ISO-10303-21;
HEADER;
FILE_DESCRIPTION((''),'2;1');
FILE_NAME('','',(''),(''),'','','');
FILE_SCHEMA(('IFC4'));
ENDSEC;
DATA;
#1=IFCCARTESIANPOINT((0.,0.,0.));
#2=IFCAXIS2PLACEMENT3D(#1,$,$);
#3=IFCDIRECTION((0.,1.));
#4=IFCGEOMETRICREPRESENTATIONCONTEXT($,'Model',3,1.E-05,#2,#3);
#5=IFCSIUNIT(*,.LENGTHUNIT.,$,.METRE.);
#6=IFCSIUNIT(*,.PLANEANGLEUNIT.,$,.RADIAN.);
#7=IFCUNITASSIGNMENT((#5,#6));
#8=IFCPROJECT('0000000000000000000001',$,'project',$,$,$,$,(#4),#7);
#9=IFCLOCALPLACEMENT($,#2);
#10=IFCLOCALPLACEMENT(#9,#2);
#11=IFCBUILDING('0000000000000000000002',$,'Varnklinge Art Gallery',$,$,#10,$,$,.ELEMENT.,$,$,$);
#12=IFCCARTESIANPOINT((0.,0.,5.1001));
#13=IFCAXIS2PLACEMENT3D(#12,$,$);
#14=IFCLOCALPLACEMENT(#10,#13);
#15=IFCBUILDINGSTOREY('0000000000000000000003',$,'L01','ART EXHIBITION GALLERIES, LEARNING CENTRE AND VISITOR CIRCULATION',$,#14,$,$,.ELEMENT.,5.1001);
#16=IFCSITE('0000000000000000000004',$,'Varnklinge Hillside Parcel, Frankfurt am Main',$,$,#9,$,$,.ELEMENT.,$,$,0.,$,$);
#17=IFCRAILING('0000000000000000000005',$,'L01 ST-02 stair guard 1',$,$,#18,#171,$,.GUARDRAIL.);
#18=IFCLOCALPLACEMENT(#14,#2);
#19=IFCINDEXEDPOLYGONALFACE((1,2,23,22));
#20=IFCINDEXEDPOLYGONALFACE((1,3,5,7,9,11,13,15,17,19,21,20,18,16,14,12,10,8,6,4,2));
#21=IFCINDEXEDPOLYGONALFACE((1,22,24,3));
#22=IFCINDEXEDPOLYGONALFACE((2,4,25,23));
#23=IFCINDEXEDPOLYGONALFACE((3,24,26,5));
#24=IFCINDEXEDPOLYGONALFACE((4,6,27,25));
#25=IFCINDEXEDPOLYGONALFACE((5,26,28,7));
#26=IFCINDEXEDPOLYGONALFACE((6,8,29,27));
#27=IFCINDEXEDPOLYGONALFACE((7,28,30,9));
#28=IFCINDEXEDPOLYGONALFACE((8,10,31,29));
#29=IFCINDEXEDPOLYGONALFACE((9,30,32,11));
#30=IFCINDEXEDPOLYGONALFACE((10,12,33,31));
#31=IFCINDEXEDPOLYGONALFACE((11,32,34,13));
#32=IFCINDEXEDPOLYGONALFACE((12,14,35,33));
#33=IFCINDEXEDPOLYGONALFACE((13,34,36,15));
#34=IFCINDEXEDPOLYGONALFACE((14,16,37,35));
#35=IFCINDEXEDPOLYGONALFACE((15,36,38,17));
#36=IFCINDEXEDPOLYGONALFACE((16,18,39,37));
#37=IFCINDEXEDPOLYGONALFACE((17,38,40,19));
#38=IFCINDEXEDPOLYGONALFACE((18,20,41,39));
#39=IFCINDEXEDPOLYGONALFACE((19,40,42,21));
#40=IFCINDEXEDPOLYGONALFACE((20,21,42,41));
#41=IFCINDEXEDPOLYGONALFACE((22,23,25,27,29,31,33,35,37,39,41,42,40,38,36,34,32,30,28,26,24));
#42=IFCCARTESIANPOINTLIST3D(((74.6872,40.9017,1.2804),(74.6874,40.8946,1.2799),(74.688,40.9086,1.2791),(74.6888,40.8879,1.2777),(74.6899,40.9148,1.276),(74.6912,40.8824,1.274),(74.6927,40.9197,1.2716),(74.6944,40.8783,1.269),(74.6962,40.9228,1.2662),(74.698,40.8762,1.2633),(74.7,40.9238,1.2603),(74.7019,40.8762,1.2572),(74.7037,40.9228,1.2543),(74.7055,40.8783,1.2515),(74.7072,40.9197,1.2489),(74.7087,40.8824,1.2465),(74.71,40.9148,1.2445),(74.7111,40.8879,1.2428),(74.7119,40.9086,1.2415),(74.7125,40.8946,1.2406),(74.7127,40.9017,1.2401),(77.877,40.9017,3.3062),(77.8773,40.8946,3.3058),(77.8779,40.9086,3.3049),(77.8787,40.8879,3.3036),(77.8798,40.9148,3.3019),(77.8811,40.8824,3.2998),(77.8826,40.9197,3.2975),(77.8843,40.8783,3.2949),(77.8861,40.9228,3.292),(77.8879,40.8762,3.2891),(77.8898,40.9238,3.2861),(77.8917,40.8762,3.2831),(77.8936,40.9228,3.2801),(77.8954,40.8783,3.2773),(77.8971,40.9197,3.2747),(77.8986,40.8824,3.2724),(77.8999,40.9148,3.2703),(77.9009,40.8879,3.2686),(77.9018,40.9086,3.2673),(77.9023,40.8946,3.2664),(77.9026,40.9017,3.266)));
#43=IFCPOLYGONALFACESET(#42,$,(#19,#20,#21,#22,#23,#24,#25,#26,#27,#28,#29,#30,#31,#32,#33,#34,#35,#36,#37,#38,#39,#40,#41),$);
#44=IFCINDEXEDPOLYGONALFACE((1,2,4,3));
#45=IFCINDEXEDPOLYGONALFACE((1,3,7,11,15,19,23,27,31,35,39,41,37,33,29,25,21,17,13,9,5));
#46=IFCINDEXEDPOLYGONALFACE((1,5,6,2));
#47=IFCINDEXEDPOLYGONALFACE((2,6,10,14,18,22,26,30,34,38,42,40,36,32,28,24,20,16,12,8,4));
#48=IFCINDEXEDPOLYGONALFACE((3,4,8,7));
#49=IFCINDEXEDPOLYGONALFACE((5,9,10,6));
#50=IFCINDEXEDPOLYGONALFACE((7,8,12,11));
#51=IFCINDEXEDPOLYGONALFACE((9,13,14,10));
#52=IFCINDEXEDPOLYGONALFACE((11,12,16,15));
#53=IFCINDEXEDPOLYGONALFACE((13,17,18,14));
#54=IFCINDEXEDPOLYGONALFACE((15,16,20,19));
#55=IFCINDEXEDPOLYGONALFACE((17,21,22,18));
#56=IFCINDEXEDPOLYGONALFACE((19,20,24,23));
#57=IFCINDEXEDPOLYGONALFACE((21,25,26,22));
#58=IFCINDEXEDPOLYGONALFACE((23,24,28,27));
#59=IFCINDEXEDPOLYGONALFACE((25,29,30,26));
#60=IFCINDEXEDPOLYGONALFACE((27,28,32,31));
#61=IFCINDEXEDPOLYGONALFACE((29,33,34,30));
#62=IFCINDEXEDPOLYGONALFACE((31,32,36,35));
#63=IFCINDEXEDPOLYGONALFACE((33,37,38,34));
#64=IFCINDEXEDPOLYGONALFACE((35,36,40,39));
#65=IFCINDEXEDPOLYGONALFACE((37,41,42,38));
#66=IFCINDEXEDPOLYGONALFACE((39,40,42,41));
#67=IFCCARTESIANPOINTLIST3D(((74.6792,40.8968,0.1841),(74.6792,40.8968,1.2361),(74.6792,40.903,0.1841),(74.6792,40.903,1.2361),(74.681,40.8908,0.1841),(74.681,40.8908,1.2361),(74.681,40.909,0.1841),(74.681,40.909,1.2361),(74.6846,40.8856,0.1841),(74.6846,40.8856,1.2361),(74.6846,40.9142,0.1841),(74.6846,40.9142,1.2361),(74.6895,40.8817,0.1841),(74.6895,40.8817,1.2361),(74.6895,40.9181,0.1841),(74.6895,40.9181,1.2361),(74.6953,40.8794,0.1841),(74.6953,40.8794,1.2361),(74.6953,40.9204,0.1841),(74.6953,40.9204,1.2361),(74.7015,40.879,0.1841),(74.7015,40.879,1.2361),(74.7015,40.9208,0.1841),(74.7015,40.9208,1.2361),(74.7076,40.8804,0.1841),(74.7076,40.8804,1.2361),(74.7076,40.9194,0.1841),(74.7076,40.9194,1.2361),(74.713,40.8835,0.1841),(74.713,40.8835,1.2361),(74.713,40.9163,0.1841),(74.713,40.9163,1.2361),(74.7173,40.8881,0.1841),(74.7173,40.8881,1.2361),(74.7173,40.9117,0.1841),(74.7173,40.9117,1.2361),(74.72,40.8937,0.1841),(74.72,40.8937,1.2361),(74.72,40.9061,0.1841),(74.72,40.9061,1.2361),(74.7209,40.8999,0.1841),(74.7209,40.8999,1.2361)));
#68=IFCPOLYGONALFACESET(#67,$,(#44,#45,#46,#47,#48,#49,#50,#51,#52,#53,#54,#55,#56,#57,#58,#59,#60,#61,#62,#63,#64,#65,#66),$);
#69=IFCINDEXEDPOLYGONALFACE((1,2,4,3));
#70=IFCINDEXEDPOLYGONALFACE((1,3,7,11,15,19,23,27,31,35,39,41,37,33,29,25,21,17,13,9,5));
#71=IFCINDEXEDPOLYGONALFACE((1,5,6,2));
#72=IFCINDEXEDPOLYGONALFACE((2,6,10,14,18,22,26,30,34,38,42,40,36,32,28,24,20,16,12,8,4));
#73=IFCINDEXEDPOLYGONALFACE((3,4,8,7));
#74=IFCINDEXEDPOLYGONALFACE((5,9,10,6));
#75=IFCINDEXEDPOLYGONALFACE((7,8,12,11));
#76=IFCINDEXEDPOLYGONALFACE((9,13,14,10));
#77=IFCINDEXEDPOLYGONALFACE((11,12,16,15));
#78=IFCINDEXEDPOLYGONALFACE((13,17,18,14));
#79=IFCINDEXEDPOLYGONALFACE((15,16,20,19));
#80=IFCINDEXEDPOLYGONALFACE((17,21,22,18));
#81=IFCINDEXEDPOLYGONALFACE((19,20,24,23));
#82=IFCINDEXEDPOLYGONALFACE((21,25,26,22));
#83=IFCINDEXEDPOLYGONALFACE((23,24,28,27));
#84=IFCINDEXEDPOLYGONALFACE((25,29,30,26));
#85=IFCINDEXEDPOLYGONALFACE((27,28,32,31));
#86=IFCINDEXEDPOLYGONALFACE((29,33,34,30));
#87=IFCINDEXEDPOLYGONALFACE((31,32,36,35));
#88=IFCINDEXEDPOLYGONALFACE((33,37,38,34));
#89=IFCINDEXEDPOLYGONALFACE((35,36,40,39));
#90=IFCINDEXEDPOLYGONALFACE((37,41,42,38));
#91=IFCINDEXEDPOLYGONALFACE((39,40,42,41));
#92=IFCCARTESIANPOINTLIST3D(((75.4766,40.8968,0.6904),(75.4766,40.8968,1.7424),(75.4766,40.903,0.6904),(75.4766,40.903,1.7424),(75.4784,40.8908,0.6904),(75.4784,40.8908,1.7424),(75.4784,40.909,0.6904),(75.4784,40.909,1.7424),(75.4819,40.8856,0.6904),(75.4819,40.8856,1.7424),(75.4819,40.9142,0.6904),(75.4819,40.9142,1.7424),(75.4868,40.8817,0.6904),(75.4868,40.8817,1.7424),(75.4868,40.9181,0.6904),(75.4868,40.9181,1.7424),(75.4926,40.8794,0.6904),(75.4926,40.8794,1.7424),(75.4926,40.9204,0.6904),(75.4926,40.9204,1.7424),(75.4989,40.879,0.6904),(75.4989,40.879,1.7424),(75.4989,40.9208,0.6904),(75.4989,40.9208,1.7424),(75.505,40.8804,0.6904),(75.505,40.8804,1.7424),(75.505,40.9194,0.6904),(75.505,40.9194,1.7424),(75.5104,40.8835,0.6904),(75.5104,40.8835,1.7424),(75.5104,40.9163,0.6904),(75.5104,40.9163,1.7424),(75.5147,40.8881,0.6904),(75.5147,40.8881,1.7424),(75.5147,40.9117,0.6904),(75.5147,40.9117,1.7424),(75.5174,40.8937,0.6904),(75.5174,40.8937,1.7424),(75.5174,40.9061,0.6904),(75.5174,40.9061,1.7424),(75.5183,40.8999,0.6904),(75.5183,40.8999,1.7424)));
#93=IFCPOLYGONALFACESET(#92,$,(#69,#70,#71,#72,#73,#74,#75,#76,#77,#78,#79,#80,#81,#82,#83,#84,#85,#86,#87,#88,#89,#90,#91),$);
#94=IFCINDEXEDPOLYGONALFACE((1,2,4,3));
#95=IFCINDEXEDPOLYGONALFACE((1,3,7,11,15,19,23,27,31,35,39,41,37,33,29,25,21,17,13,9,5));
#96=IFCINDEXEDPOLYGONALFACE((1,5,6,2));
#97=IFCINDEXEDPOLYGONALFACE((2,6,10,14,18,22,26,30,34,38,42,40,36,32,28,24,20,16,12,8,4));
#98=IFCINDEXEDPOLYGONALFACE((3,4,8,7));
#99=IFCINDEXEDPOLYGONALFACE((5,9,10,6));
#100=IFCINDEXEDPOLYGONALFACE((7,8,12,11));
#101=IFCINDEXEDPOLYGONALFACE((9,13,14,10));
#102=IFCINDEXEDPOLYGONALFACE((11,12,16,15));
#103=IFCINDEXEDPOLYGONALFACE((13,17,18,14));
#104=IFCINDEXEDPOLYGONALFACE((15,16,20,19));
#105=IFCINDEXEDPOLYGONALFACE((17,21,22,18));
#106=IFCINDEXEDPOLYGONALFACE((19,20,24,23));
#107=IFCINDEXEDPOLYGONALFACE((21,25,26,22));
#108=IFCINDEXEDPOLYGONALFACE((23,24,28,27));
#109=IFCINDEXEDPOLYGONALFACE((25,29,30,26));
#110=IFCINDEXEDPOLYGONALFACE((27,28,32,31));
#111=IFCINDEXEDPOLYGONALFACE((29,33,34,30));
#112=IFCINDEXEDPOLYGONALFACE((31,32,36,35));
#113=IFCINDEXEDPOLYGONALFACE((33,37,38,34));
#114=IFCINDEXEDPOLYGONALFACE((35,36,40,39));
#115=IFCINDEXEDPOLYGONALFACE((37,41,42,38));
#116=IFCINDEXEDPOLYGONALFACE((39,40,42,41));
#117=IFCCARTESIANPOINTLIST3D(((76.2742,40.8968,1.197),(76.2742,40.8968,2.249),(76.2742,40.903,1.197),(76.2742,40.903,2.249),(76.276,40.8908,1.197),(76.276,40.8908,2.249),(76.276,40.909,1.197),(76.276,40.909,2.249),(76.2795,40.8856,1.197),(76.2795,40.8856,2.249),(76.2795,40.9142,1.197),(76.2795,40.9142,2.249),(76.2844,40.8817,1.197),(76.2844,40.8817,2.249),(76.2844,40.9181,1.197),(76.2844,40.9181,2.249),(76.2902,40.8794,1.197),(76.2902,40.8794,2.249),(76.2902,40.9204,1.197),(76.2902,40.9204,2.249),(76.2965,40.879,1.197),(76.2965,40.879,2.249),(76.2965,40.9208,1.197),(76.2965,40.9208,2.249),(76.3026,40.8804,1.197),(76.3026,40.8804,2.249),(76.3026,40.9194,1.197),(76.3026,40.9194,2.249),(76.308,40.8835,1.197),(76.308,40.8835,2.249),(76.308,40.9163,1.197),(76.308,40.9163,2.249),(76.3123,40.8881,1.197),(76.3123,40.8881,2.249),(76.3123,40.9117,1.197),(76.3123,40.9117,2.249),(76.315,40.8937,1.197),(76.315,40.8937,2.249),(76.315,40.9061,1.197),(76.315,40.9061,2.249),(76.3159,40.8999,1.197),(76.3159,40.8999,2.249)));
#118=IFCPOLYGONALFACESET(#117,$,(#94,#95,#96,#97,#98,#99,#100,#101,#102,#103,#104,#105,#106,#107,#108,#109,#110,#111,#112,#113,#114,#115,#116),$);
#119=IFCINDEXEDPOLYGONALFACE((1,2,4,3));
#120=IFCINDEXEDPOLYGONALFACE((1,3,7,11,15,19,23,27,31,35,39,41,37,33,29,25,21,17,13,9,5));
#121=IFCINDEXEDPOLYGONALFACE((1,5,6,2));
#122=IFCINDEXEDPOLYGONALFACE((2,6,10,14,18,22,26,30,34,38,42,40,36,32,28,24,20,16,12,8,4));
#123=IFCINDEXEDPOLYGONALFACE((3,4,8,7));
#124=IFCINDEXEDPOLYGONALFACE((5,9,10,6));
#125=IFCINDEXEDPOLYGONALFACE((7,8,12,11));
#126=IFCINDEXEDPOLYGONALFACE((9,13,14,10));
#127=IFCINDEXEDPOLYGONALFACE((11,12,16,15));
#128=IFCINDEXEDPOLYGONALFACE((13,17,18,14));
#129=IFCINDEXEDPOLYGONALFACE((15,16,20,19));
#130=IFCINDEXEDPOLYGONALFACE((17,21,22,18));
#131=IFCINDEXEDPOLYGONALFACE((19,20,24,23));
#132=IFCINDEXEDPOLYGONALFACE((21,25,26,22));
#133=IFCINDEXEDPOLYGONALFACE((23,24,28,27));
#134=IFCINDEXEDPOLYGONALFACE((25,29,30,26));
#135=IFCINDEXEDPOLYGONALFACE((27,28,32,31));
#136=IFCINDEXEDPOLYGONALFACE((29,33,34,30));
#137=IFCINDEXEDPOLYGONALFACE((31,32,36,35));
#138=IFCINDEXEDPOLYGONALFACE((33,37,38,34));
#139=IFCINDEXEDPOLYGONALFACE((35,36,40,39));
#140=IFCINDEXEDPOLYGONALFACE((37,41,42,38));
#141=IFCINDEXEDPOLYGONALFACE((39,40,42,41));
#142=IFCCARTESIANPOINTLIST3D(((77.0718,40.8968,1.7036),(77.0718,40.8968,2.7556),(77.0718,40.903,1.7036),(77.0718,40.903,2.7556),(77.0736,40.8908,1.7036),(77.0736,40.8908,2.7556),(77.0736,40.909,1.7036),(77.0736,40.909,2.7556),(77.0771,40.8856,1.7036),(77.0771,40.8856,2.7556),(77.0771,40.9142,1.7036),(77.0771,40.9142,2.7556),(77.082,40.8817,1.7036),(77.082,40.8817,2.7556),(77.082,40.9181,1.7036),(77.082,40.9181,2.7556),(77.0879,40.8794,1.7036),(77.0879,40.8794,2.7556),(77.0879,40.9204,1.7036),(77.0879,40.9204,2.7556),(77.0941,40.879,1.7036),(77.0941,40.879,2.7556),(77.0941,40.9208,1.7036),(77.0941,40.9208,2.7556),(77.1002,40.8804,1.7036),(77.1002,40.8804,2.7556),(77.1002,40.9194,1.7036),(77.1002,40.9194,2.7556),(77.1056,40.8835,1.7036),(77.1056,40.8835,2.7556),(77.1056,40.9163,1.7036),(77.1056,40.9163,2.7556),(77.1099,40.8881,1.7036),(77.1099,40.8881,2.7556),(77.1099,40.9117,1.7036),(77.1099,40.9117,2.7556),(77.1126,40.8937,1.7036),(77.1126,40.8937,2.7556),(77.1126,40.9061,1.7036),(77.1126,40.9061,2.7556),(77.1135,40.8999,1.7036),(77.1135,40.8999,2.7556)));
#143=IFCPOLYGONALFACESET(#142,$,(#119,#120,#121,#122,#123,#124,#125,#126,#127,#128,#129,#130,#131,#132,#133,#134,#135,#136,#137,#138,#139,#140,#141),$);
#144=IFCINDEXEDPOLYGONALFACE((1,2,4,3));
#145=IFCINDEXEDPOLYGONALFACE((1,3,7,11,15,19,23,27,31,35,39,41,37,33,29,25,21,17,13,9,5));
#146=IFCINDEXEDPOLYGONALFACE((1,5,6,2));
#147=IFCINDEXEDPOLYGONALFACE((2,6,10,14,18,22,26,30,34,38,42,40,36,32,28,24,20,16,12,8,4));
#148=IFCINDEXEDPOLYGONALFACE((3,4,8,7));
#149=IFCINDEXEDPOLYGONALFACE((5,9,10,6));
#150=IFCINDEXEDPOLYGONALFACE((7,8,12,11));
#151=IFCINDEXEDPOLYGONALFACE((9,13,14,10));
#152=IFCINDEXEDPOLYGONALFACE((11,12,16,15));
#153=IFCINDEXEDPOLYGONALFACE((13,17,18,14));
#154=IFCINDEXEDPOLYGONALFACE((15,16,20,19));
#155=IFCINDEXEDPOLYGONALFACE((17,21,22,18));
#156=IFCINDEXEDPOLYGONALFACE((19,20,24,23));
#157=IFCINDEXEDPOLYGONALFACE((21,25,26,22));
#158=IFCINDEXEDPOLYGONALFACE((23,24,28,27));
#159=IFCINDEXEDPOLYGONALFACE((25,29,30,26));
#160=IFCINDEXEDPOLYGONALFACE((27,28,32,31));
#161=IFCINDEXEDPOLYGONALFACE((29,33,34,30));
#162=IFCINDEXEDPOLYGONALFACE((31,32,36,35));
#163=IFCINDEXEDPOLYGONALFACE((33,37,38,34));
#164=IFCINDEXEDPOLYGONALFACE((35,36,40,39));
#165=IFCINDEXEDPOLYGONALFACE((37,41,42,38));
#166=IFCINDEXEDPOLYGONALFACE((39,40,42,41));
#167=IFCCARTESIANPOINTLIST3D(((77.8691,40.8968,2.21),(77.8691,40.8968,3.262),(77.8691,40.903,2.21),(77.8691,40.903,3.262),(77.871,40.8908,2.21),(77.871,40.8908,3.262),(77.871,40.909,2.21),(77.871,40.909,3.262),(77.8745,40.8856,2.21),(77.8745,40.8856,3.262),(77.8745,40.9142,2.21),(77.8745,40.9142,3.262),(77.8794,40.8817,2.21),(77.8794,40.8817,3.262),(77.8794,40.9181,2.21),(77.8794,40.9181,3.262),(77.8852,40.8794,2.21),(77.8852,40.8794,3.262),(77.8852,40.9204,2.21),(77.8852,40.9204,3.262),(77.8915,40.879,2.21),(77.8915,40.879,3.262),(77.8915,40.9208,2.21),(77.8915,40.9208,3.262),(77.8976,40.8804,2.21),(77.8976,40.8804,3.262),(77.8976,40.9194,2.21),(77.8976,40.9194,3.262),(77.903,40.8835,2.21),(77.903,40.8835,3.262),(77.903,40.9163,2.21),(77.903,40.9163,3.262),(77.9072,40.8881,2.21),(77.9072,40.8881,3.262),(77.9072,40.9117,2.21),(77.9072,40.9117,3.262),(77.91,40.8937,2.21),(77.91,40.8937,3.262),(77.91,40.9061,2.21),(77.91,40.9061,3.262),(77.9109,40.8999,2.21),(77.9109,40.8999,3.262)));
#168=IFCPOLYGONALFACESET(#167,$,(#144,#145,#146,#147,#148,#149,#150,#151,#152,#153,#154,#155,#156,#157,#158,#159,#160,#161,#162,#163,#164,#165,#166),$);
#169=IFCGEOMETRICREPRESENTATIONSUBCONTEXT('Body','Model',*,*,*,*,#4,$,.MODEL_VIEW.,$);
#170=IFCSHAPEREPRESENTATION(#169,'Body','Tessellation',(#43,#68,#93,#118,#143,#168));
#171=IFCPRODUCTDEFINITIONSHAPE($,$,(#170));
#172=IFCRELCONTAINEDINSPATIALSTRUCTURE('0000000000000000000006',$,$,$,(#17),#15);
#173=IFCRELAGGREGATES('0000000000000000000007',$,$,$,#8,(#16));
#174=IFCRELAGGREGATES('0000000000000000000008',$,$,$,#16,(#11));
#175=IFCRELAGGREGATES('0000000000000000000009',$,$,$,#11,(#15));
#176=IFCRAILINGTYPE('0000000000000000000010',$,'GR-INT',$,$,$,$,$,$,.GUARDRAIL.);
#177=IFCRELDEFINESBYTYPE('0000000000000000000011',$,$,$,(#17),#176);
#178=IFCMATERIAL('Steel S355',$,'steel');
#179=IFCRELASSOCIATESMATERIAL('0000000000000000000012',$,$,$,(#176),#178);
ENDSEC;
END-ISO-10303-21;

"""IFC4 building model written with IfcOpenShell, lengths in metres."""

from ifc_helpers import new_model, si_unit, direction, frame, origin, origin_2d, place, context, subcontext, project, spatial, circle, extrude, material, type_object, element, save


model = new_model("IFC4")

# Units and contexts
model_context = context("Model", 3, precision=1e-05, world=origin(), true_north=direction((0.0, 1.0)))
body_context = subcontext(model_context, "Body", "Model", "MODEL_VIEW")
ifc_project = project(units=[si_unit("LENGTHUNIT", "METRE"), si_unit("PLANEANGLEUNIT", "RADIAN")], contexts=[model_context])

# Site, building, storey
site_placement = place(None, origin())
site = spatial("IfcSite", under=ifc_project, at=site_placement, Name="Varnklinge Hillside Parcel, Frankfurt am Main", CompositionType="ELEMENT", RefElevation=0.0)
building_placement = place(site_placement, origin())
building = spatial("IfcBuilding", under=site, at=building_placement, Name="Varnklinge Art Gallery", CompositionType="ELEMENT")
storey_placement = place(building_placement, frame((0.0, 0.0, 5.1001)))
storey = spatial("IfcBuildingStorey", under=building, at=storey_placement, Name="L01", Description="ART EXHIBITION GALLERIES, LEARNING CENTRE AND VISITOR CIRCULATION", CompositionType="ELEMENT", Elevation=5.1001)

# Railing
ifc_material_1 = material(Name="Steel S355", Category="steel")
railing_type_1 = type_object("IfcRailingType", Name="GR-INT", PredefinedType="GUARDRAIL", material=ifc_material_1)
railing_1_placement = place(storey_placement, frame((74.7, 40.8999, 0.1841)))
element("IfcRailing", 1, at=railing_1_placement, inside=storey, type_object=railing_type_1, Name="L01 ST-02 stair guard 1", PredefinedType="GUARDRAIL", context=body_context, shape_type="SweptSolid", body=[
    extrude(circle(Radius=0.0239, at=origin_2d()), frame((0.0, 0.0, 1.0762), z_axis=(0.844151, 0.0, 0.536106), x_axis=(0.0, 1.0, 0.0)), (0.0, 0.0, 1.0), 3.7788),
    extrude(circle(Radius=0.021, at=origin_2d()), origin(), (0.0, 0.0, 1.0), 1.052),
    extrude(circle(Radius=0.021, at=origin_2d()), frame((0.7974, 0.0, 0.5063)), (0.0, 0.0, 1.0), 1.052),
    extrude(circle(Radius=0.021, at=origin_2d()), frame((1.595, 0.0, 1.0129)), (0.0, 0.0, 1.0), 1.052),
    extrude(circle(Radius=0.021, at=origin_2d()), frame((2.3926, 0.0, 1.5195)), (0.0, 0.0, 1.0), 1.052),
    extrude(circle(Radius=0.021, at=origin_2d()), frame((3.1899, 0.0, 2.0259)), (0.0, 0.0, 1.0), 1.052),
])

save(model, "model.ifc")
